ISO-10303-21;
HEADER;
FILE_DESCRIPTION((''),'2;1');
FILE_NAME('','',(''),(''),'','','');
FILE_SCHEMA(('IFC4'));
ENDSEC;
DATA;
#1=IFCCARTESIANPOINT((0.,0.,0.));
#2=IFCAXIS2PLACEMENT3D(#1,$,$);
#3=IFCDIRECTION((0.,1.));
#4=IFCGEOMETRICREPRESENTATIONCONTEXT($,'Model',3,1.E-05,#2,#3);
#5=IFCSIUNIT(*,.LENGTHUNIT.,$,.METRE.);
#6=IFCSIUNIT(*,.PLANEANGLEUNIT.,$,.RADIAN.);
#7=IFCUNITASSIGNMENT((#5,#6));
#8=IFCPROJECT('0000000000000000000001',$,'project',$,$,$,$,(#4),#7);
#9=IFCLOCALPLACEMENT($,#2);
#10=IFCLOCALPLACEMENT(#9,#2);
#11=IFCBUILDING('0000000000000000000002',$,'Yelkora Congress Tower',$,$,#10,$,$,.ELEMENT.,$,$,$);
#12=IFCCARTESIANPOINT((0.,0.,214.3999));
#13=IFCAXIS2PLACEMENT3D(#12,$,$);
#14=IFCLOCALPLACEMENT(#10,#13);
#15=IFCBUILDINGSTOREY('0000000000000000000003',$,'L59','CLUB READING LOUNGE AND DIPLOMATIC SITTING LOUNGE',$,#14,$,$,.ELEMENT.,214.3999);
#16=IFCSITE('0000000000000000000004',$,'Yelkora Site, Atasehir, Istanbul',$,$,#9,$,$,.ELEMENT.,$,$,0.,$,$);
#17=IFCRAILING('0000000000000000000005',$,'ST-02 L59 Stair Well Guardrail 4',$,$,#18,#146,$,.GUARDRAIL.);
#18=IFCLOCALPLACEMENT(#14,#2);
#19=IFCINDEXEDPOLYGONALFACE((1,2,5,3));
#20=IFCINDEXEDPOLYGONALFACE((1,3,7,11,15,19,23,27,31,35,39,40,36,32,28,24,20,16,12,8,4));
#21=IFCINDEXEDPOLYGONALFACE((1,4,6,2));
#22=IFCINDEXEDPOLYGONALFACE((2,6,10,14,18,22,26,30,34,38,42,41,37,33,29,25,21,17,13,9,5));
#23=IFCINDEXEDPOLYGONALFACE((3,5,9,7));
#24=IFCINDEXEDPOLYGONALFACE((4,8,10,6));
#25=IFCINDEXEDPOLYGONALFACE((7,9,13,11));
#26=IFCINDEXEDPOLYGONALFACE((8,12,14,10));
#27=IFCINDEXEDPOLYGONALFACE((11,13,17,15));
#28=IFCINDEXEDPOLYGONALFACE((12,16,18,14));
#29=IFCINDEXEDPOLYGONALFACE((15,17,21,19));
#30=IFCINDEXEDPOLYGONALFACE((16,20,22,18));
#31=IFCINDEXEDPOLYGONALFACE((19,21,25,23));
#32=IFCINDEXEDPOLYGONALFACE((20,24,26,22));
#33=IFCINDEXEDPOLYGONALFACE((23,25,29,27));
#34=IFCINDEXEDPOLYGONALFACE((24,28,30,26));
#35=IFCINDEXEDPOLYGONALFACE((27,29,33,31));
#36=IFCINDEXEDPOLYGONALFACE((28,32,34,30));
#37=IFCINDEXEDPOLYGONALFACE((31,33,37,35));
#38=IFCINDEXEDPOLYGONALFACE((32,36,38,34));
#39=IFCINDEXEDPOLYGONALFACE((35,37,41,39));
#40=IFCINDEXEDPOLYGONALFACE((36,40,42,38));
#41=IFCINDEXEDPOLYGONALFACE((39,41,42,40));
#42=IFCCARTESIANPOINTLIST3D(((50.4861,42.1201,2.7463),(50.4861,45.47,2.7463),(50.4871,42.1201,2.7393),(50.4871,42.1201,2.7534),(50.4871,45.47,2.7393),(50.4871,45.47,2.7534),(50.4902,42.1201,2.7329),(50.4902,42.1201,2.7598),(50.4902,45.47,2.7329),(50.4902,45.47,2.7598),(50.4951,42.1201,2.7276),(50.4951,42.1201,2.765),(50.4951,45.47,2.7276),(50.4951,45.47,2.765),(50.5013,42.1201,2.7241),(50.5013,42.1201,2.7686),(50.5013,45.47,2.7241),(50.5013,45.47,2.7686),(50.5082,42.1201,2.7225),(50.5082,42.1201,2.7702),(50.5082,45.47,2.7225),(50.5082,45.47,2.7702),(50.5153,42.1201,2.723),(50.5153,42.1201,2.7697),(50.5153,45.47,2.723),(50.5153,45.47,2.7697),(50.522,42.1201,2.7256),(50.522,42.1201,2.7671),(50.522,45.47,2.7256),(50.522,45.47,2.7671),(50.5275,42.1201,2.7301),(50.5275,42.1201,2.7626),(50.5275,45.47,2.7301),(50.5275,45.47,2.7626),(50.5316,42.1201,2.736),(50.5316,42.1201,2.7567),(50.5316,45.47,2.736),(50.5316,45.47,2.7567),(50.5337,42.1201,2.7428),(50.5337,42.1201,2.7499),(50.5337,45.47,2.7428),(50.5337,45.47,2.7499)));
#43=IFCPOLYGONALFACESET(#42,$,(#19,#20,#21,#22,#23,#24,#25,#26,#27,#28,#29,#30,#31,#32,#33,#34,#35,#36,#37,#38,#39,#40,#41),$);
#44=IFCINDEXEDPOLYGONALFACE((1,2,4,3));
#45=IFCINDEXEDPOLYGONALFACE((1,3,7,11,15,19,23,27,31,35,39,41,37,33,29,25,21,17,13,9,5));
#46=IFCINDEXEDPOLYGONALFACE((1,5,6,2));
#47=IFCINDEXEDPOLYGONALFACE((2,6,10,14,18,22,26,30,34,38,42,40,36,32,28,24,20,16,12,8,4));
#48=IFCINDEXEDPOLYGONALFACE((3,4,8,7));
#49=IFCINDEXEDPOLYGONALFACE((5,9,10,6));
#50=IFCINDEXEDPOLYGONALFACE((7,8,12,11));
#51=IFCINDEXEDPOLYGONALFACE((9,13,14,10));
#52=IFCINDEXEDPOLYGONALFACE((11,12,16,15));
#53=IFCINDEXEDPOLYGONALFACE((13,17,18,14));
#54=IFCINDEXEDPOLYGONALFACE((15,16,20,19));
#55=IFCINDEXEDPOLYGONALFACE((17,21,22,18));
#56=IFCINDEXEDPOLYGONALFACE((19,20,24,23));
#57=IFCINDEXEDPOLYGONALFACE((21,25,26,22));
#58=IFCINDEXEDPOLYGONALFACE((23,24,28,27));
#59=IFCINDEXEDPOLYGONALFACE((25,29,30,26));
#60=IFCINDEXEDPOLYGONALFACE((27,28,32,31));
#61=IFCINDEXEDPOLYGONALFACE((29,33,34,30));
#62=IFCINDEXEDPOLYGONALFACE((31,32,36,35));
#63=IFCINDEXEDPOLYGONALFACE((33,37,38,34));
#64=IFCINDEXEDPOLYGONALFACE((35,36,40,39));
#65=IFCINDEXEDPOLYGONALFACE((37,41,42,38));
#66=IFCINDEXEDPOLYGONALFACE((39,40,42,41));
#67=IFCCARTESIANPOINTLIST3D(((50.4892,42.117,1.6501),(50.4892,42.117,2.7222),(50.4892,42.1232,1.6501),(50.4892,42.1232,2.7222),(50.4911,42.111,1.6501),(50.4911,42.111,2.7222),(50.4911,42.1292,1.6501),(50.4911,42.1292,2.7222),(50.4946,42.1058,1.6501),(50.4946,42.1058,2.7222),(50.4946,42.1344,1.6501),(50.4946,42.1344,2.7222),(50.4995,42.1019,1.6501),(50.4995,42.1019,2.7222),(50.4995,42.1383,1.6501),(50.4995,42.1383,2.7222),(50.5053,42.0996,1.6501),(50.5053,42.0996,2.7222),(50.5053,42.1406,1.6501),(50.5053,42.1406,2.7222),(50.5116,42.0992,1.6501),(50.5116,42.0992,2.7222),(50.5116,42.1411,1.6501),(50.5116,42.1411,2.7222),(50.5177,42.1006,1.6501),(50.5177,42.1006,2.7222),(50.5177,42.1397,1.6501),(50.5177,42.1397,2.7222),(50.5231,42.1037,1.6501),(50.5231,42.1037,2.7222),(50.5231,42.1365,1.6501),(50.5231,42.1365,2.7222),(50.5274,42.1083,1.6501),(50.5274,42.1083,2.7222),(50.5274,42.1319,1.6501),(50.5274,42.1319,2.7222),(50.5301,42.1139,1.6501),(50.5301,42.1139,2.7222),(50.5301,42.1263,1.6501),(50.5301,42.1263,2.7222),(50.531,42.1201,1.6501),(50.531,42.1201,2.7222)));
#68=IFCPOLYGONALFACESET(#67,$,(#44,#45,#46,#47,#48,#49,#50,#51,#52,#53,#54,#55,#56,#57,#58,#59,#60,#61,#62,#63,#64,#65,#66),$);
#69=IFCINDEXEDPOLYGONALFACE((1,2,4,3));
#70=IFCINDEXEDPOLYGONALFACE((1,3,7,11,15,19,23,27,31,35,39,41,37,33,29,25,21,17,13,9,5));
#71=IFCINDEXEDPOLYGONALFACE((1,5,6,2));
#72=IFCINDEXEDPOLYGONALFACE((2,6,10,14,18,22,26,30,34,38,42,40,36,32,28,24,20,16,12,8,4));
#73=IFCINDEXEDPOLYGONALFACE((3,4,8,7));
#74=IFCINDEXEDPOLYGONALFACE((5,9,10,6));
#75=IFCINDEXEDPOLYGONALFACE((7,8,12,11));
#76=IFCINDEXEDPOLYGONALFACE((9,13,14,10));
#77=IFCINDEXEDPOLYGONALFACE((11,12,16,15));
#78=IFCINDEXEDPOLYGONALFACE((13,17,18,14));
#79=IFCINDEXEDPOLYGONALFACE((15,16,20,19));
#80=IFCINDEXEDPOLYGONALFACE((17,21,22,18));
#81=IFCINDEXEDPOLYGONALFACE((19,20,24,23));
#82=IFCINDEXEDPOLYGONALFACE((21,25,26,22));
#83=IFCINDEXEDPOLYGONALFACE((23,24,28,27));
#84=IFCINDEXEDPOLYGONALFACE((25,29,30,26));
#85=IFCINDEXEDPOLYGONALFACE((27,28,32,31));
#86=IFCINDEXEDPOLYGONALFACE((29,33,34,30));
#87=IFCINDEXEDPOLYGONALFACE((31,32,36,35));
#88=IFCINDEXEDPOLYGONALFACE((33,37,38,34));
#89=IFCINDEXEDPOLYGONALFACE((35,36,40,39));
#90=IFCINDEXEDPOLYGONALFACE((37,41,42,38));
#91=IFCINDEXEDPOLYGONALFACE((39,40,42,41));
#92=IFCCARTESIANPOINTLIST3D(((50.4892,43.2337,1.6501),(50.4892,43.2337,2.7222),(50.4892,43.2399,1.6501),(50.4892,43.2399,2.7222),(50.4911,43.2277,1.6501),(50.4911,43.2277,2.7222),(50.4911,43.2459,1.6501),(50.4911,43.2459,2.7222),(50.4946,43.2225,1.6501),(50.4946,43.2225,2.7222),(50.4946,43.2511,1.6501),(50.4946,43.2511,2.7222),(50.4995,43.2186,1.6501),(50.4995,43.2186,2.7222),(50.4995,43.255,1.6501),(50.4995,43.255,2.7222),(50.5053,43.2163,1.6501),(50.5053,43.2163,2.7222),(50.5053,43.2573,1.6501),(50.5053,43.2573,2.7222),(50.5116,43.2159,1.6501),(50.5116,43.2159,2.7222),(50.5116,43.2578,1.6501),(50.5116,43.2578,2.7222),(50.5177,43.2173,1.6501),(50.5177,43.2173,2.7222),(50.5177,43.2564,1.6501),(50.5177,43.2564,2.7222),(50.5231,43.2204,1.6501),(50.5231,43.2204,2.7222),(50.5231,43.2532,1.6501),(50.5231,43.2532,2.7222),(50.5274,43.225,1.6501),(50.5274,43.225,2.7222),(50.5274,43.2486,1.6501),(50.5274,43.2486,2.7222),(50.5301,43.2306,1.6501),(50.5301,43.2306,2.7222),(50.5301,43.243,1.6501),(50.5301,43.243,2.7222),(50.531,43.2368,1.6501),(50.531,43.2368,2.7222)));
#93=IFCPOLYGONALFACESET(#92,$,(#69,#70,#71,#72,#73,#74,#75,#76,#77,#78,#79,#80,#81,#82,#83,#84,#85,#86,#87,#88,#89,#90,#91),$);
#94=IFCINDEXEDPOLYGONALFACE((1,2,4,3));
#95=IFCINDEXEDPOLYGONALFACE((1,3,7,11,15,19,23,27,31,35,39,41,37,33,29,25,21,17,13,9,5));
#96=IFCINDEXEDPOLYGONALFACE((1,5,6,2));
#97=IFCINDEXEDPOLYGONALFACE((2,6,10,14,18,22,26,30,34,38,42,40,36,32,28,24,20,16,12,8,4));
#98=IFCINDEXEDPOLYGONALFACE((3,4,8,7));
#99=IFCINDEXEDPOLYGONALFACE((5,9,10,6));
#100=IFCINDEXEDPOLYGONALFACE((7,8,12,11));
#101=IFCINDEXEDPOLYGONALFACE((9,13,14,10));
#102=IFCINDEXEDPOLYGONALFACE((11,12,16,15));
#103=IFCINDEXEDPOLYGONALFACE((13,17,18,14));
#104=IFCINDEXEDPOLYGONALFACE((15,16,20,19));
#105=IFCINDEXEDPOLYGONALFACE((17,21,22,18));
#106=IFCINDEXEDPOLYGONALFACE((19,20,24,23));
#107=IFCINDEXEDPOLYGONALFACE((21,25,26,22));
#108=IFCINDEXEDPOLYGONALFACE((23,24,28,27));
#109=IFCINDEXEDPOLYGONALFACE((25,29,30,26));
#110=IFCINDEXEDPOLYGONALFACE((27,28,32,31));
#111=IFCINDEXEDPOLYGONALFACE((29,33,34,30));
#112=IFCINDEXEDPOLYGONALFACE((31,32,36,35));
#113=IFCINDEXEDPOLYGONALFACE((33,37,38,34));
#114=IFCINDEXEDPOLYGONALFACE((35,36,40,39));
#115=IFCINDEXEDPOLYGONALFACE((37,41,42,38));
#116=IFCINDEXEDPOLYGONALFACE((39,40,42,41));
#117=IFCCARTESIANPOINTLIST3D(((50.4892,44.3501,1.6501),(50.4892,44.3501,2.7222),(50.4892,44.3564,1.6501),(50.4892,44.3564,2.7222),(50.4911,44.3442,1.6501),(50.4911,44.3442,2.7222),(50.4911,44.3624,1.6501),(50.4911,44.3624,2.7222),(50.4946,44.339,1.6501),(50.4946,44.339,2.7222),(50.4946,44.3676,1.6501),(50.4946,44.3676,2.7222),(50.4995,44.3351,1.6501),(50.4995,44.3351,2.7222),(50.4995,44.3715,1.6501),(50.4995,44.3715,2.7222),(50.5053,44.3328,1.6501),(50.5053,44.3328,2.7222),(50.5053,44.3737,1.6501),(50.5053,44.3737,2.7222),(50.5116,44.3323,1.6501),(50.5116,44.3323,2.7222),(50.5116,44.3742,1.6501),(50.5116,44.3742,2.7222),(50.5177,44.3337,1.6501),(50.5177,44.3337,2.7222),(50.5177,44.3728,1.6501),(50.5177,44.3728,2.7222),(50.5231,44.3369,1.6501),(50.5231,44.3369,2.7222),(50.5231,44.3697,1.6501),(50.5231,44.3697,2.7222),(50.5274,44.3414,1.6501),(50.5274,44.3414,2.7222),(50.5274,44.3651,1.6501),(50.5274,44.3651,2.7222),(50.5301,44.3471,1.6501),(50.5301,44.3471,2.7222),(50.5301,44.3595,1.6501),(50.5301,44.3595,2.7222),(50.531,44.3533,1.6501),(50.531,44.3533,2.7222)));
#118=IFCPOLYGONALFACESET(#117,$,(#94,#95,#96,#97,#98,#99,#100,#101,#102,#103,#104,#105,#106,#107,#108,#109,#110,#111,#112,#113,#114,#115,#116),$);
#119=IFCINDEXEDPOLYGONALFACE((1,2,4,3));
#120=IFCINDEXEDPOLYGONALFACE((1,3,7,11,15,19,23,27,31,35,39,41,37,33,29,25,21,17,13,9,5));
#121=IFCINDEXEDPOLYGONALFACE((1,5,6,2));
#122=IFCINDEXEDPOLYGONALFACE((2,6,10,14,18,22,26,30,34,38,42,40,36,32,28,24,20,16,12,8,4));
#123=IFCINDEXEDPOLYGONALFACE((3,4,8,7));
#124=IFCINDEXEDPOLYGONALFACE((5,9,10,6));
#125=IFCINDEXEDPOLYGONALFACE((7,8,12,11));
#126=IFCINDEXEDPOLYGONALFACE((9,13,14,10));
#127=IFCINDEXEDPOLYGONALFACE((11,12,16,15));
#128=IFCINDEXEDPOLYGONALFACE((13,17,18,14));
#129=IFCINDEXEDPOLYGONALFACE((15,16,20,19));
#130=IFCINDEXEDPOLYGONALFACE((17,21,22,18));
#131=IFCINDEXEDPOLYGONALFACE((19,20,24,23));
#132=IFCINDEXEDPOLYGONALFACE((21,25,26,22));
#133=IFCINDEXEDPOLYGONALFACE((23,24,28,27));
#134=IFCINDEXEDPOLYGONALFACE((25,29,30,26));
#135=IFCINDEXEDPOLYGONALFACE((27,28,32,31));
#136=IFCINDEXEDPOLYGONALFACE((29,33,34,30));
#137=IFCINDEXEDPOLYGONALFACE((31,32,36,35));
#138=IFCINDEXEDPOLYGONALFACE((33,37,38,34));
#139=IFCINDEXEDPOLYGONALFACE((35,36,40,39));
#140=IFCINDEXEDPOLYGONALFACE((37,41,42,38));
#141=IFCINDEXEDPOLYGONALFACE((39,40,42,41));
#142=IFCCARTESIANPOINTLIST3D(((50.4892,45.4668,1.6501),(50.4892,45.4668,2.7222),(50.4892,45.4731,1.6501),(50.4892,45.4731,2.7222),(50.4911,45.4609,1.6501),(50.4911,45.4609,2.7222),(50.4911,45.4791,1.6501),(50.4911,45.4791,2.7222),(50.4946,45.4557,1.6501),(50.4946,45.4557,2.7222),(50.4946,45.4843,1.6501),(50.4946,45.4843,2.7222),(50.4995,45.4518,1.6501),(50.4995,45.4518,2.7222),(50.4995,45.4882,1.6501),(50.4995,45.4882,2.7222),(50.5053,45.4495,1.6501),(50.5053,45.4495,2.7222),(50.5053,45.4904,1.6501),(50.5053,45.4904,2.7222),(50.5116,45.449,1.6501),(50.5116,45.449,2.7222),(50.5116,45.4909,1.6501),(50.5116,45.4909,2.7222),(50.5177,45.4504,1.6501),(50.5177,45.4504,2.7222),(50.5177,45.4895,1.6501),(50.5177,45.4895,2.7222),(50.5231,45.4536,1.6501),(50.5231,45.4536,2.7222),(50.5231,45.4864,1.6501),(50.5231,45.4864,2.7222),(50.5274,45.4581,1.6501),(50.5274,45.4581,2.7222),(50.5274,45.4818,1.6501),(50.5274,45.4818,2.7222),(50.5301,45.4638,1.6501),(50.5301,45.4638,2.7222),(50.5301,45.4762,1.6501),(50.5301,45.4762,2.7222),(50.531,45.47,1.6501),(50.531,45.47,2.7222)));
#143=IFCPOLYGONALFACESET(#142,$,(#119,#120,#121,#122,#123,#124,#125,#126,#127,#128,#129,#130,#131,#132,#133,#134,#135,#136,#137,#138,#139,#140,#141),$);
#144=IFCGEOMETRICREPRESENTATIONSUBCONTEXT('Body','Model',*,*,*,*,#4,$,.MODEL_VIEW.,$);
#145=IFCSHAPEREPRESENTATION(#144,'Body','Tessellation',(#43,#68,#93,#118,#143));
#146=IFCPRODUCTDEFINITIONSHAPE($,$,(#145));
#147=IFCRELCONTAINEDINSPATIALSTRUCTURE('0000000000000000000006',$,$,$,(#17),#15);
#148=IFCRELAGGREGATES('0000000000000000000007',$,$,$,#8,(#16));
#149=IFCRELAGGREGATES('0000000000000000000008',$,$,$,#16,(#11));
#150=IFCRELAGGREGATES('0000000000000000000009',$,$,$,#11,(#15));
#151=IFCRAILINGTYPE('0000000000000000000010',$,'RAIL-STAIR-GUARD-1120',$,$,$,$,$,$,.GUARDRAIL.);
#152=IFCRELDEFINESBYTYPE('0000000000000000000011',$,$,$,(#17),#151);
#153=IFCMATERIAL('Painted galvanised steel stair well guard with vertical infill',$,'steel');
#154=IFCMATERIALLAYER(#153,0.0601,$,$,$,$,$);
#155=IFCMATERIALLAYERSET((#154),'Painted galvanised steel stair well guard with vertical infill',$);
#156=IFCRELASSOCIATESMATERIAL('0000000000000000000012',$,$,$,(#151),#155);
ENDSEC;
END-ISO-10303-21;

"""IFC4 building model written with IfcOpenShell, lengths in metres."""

from ifc_helpers import new_model, si_unit, direction, frame, origin, origin_2d, place, context, subcontext, project, spatial, circle, extrude, material, layer, layer_set, type_object, element, save


model = new_model("IFC4")

# Units and contexts
model_context = context("Model", 3, precision=1e-05, world=origin(), true_north=direction((0.0, 1.0)))
body_context = subcontext(model_context, "Body", "Model", "MODEL_VIEW")
ifc_project = project(units=[si_unit("LENGTHUNIT", "METRE"), si_unit("PLANEANGLEUNIT", "RADIAN")], contexts=[model_context])

# Site, building, storey
site_placement = place(None, origin())
site = spatial("IfcSite", under=ifc_project, at=site_placement, Name="Yelkora Site, Atasehir, Istanbul", CompositionType="ELEMENT", RefElevation=0.0)
building_placement = place(site_placement, origin())
building = spatial("IfcBuilding", under=site, at=building_placement, Name="Yelkora Congress Tower", CompositionType="ELEMENT")
storey_placement = place(building_placement, frame((0.0, 0.0, 214.3999)))
storey = spatial("IfcBuildingStorey", under=building, at=storey_placement, Name="L59", Description="CLUB READING LOUNGE AND DIPLOMATIC SITTING LOUNGE", CompositionType="ELEMENT", Elevation=214.3999)

# Railing
ifc_material_1 = material(Name="Painted galvanised steel stair well guard with vertical infill", Category="steel")
ifc_layer_1 = layer(ifc_material_1, 0.0601)
ifc_layer_set_1 = layer_set([ifc_layer_1], Name="Painted galvanised steel stair well guard with vertical infill")
railing_type_1 = type_object("IfcRailingType", Name="RAIL-STAIR-GUARD-1120", PredefinedType="GUARDRAIL", material=ifc_layer_set_1)
railing_1_placement = place(storey_placement, frame((50.51, 42.1201, 1.6501)))
element("IfcRailing", 1, at=railing_1_placement, inside=storey, type_object=railing_type_1, Name="ST-02 L59 Stair Well Guardrail 4", PredefinedType="GUARDRAIL", context=body_context, shape_type="SweptSolid", body=[
    extrude(circle(Radius=0.0239, at=origin_2d()), frame((0.0, 0.0, 1.0962), z_axis=(0.0, 1.0, 0.0), x_axis=(-1.0, 0.0, 0.0)), (0.0, 0.0, 1.0), 3.3499),
    extrude(circle(Radius=0.021, at=origin_2d()), origin(), (0.0, 0.0, 1.0), 1.072),
    extrude(circle(Radius=0.021, at=origin_2d()), frame((0.0, 1.1167, 0.0)), (0.0, 0.0, 1.0), 1.072),
    extrude(circle(Radius=0.021, at=origin_2d()), frame((0.0, 2.2332, 0.0)), (0.0, 0.0, 1.0), 1.072),
    extrude(circle(Radius=0.021, at=origin_2d()), frame((0.0, 3.3499, 0.0)), (0.0, 0.0, 1.0), 1.072),
])

save(model, "model.ifc")
